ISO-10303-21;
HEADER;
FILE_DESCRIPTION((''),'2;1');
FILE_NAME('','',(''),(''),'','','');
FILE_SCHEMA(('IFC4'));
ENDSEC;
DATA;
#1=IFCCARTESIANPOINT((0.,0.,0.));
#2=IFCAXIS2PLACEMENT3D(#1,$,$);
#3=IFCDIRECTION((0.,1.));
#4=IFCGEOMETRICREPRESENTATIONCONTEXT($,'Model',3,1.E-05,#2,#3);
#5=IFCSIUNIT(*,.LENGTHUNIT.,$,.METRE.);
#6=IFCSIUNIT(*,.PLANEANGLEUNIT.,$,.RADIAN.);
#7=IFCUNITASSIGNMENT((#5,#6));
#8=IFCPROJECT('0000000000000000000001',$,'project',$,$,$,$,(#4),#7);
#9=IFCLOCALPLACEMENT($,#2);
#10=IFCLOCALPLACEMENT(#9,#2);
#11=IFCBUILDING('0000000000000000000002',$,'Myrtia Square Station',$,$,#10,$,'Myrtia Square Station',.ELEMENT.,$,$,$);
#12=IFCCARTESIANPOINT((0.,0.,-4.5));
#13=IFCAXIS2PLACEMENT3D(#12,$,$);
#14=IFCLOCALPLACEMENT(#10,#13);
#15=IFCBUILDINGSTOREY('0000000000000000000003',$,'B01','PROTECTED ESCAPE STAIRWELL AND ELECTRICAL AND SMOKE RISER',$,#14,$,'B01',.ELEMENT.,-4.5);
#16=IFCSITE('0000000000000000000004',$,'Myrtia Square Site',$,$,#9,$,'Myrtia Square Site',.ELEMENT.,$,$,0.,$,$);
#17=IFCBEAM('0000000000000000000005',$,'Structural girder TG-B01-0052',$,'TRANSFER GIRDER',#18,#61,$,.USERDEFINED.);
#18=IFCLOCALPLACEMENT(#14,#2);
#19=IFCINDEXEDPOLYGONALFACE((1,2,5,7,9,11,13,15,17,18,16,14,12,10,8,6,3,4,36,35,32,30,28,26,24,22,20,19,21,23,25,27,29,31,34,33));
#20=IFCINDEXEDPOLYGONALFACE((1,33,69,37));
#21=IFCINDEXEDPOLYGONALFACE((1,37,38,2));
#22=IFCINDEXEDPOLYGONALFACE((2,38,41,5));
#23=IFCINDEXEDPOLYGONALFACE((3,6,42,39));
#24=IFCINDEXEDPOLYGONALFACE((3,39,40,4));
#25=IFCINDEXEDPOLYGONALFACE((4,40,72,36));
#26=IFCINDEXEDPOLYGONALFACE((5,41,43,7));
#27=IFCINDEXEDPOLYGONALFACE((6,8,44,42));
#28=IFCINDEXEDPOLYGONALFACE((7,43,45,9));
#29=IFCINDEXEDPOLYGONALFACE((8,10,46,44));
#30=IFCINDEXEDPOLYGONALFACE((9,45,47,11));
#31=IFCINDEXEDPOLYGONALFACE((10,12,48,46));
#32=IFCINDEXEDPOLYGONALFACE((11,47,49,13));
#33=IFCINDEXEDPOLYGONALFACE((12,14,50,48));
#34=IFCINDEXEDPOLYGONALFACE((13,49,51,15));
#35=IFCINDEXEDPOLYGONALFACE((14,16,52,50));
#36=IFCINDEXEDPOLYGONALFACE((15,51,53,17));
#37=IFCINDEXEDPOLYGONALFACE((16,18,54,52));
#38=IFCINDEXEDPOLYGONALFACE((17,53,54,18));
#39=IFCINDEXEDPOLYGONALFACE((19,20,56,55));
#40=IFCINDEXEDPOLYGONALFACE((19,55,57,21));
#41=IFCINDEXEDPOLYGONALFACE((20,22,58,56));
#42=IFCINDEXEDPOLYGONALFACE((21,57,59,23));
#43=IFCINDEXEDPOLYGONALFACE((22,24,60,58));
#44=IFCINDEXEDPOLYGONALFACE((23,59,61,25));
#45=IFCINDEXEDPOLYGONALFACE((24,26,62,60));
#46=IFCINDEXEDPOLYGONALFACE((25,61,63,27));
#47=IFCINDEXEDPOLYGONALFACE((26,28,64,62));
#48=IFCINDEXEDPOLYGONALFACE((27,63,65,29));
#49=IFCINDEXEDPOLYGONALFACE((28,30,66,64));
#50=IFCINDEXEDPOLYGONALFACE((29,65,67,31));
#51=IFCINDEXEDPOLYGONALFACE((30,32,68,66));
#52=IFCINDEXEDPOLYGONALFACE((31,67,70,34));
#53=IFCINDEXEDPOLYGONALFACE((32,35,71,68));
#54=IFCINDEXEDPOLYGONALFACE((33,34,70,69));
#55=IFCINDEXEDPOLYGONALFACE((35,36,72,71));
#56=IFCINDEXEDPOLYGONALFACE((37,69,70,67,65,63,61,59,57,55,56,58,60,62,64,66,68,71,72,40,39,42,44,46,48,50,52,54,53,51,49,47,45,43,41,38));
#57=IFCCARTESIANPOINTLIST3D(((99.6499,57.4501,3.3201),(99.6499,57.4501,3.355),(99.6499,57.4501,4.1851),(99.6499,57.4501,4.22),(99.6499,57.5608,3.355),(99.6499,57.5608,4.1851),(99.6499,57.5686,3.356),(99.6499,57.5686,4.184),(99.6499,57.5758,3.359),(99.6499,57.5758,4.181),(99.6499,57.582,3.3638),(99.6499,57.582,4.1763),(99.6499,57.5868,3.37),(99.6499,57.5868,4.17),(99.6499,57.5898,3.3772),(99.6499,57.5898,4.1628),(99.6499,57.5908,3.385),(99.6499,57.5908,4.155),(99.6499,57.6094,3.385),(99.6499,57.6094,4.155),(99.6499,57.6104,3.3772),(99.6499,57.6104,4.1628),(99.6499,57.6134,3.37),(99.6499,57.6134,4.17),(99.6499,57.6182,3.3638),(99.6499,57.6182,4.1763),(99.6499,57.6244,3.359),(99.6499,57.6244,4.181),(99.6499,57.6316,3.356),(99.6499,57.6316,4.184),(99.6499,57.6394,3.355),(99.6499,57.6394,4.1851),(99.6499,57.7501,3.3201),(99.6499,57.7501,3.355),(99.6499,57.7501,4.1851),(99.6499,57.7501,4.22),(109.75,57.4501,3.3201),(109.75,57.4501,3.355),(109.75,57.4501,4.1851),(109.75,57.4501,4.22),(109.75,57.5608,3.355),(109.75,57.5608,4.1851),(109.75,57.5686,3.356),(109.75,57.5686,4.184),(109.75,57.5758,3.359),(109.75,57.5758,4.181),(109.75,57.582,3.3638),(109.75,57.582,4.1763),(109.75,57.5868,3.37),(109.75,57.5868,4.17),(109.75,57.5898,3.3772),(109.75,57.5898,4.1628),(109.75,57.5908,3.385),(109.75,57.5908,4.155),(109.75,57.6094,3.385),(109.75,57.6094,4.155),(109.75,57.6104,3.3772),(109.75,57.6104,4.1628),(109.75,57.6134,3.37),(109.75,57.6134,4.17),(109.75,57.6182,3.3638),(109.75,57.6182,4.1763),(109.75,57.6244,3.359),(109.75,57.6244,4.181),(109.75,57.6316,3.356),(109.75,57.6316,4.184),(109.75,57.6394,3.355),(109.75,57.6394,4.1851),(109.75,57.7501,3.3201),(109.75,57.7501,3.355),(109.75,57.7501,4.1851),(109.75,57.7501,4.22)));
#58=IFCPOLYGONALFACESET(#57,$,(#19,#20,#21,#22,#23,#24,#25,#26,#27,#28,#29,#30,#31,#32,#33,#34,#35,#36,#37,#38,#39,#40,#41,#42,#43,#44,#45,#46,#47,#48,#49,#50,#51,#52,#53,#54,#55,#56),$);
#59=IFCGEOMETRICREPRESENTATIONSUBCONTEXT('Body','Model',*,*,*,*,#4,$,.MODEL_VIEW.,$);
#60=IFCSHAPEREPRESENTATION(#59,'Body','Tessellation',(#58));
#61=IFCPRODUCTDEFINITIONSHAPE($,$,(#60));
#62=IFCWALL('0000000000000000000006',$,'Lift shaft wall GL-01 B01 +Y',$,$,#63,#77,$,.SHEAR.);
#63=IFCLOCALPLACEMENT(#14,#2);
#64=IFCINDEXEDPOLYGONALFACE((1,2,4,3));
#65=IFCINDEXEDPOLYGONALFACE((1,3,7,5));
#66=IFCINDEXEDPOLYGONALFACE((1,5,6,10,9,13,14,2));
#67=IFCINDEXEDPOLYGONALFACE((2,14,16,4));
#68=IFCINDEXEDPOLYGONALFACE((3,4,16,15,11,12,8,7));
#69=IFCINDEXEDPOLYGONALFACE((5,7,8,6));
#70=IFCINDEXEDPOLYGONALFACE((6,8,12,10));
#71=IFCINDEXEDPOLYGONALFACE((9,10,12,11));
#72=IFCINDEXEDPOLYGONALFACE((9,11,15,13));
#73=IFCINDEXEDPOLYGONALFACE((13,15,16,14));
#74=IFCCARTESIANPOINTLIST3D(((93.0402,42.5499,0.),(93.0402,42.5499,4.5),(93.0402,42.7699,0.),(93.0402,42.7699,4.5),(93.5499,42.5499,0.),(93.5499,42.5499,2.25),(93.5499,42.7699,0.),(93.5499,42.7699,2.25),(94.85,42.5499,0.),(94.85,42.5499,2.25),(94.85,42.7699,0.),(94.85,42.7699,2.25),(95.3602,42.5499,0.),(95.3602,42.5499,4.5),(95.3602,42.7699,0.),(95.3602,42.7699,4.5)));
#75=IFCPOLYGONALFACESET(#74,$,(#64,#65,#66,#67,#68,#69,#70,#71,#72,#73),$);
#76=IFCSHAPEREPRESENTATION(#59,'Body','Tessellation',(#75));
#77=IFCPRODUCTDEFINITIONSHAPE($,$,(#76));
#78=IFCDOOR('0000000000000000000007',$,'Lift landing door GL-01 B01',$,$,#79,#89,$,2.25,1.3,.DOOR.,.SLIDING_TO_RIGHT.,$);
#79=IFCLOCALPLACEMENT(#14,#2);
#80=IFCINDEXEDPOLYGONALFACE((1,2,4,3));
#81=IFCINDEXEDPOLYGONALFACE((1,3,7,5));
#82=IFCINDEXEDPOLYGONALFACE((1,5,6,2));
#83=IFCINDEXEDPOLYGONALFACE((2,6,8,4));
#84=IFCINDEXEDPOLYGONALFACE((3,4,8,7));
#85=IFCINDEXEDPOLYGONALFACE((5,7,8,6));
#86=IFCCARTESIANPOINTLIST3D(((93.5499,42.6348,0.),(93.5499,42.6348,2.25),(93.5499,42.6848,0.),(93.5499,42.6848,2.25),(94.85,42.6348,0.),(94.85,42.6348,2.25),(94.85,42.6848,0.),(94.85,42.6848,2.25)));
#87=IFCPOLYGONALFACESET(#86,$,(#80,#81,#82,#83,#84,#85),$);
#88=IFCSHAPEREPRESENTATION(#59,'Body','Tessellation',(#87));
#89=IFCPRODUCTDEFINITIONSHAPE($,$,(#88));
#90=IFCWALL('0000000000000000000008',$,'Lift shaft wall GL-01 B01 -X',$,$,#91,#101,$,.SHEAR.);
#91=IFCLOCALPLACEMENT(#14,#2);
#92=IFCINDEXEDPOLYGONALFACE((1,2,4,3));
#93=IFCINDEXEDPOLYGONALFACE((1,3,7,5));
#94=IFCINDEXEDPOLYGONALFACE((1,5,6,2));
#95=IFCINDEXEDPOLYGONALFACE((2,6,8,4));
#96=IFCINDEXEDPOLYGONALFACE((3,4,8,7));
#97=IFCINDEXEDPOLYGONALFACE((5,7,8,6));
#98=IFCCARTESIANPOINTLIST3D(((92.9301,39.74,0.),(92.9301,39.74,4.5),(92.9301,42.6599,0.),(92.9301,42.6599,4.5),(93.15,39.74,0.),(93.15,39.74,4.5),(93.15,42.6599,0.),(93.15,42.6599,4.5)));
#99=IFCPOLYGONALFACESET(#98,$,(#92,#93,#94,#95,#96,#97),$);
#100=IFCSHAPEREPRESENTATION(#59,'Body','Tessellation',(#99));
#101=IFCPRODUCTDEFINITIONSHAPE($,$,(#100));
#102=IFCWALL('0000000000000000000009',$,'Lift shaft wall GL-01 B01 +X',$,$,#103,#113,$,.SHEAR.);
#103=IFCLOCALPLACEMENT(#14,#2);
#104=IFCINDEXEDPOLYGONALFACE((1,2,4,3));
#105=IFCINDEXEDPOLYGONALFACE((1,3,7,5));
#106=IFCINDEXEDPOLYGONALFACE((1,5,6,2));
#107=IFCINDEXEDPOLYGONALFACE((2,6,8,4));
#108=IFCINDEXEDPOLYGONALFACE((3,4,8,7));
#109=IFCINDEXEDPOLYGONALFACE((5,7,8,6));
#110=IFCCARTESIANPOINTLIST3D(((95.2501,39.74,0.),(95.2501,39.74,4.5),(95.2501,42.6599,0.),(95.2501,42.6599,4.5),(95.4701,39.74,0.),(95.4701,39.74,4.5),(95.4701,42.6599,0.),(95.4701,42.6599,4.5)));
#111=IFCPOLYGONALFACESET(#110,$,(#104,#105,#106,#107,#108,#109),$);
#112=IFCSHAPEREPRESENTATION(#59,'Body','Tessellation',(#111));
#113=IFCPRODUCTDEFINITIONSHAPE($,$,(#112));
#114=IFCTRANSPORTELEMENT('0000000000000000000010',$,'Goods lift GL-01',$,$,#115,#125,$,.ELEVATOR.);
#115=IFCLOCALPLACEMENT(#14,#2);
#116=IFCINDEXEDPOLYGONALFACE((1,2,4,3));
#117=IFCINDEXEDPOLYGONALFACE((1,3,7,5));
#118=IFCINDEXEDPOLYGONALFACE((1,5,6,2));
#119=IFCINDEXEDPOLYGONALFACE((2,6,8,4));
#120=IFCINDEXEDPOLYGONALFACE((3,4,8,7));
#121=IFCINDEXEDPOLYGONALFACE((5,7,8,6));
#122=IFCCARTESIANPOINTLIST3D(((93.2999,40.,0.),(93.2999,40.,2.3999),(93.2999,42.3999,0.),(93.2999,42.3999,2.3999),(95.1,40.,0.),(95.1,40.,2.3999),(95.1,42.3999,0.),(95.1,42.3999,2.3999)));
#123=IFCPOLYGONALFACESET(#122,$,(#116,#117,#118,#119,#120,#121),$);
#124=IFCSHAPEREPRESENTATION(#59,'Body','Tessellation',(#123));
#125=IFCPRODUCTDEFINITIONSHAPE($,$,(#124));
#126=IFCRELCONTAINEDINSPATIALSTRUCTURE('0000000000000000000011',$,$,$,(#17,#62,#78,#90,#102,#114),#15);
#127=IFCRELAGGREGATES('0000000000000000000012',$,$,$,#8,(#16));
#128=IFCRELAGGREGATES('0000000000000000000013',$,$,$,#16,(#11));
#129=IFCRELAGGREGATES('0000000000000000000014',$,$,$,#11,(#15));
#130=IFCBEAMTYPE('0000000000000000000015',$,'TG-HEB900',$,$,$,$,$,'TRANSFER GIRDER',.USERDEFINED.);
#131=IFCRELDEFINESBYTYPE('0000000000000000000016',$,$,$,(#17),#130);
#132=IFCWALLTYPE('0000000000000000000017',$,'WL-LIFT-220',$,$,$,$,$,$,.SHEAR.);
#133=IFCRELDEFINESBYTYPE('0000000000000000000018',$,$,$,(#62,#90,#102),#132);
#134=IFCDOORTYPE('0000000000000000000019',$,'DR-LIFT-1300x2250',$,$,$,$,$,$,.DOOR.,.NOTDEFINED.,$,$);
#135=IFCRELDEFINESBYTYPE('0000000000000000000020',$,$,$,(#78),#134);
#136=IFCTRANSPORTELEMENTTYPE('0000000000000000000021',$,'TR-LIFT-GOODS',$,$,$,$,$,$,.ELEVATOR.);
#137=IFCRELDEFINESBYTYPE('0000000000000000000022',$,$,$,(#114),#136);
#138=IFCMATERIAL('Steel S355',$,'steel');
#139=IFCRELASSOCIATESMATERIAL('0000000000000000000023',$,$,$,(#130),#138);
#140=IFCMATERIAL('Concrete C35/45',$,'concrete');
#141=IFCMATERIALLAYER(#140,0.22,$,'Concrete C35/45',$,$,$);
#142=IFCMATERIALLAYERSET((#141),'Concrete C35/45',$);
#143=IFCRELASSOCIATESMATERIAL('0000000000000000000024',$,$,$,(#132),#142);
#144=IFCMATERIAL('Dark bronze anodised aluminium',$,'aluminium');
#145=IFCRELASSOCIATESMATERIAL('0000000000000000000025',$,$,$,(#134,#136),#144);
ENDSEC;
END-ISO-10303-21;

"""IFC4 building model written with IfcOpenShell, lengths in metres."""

from ifc_helpers import new_model, si_unit, direction, frame, frame_2d, origin, origin_2d, place, context, subcontext, project, spatial, rectangle, i_section, extrude, material, layer, layer_set, material_profile, profile_set, type_object, element, fill, save


model = new_model("IFC4")

# Units and contexts
model_context = context("Model", 3, precision=1e-05, world=origin(), true_north=direction((0.0, 1.0)))
body_context = subcontext(model_context, "Body", "Model", "MODEL_VIEW")
ifc_project = project(units=[si_unit("LENGTHUNIT", "METRE"), si_unit("PLANEANGLEUNIT", "RADIAN")], contexts=[model_context])

# Site, building, storey
site_placement = place(None, origin())
site = spatial("IfcSite", under=ifc_project, at=site_placement, Name="Myrtia Square Site", LongName="Myrtia Square Site", CompositionType="ELEMENT", RefElevation=0.0)
building_placement = place(site_placement, origin())
building = spatial("IfcBuilding", under=site, at=building_placement, Name="Myrtia Square Station", LongName="Myrtia Square Station", CompositionType="ELEMENT")
storey_placement = place(building_placement, frame((0.0, 0.0, -4.5)))
storey = spatial("IfcBuildingStorey", under=building, at=storey_placement, Name="B01", Description="PROTECTED ESCAPE STAIRWELL AND ELECTRICAL AND SMOKE RISER", LongName="B01", CompositionType="ELEMENT", Elevation=-4.5)

# Shared definitions
ifc_material_1 = material(Name="Concrete C35/45", Category="concrete")

# Beam
ifc_material_2 = material(Name="Steel S355", Category="steel")
ifc_material_profile_1 = material_profile(ifc_material_2, i_section(OverallWidth=0.3, OverallDepth=0.8999, WebThickness=0.0186, FlangeThickness=0.0349, FilletRadius=0.03, at=origin_2d()), Name="HEB 900")
ifc_profile_set_1 = profile_set([ifc_material_profile_1], Name="Steel S355")
beam_type_1 = type_object("IfcBeamType", Name="TG-HEB900", ElementType="TRANSFER GIRDER", PredefinedType="USERDEFINED", material=ifc_profile_set_1)
for number, where, z_axis, x_axis, name in (
    (1, (99.6499, 57.6001, 3.77), (1.0, 0.0, 0.0), (0.0, 1.0, 0.0), "Structural girder TG-B01-0052"),
):
    element("IfcBeam", number, at=place(storey_placement, frame(where, z_axis=z_axis, x_axis=x_axis)), inside=storey, type_object=beam_type_1, Name=name, ObjectType="TRANSFER GIRDER", PredefinedType="USERDEFINED", context=body_context, shape_type="SweptSolid", body=[
        extrude(i_section(OverallWidth=0.3, OverallDepth=0.8999, WebThickness=0.0186, FlangeThickness=0.0349, FilletRadius=0.03, at=origin_2d()), origin(), (0.0, 0.0, 1.0), 10.1001),
    ])

# Wall, opening, door
ifc_layer = layer(ifc_material_1, 0.22, Name="Concrete C35/45")
ifc_layer_set = layer_set([ifc_layer], Name="Concrete C35/45")
wall_type = type_object("IfcWallType", Name="WL-LIFT-220", PredefinedType="SHEAR", material=ifc_layer_set)
wall_placement = place(storey_placement, frame((93.04, 42.6599, 0.0), z_axis=(0.0, 0.0, 1.0), x_axis=(1.0, 0.0, 0.0)))
wall = element("IfcWall", 2, at=wall_placement, inside=storey, type_object=wall_type, Name="Lift shaft wall GL-01 B01 +Y", PredefinedType="SHEAR", context=body_context, shape_type="SweptSolid", body=[
    extrude(rectangle(XDim=2.3201, YDim=0.22, at=frame_2d((1.1602, 0.0))), origin(), (0.0, 0.0, 1.0), 4.5),
])
opening_placement = place(wall_placement, frame((0.51, 0.0, 0.0)))
opening = element("IfcOpeningElement", 3, at=opening_placement, cuts=wall, PredefinedType="OPENING", context=body_context, shape_type="SweptSolid", body=[
    extrude(rectangle(XDim=1.3, YDim=2.25, at=frame_2d((0.6499, 1.125))), frame((0.0, 0.125, 0.0), z_axis=(0.0, -1.0, 0.0), x_axis=(1.0, 0.0, 0.0)), (0.0, 0.0, 1.0), 0.25),
])
ifc_material_3 = material(Name="Dark bronze anodised aluminium", Category="aluminium")
door_type = type_object("IfcDoorType", Name="DR-LIFT-1300x2250", OperationType="NOTDEFINED", PredefinedType="DOOR", material=ifc_material_3)
door_placement = place(opening_placement, origin())
door = element("IfcDoor", 4, at=door_placement, inside=storey, type_object=door_type, Name="Lift landing door GL-01 B01", OperationType="SLIDING_TO_RIGHT", OverallHeight=2.25, OverallWidth=1.3, PredefinedType="DOOR", context=body_context, shape_type="SweptSolid", body=[
    extrude(rectangle(XDim=1.3, YDim=2.25, at=frame_2d((0.6499, 1.125))), frame((0.0, 0.0249, 0.0), z_axis=(0.0, -1.0, 0.0), x_axis=(1.0, 0.0, 0.0)), (0.0, 0.0, 1.0), 0.05),
])
fill(opening, door)

# Walls
for number, where, z_axis, x_axis, name in (
    (5, (93.04, 39.74, 0.0), (0.0, 0.0, 1.0), (0.0, 1.0, 0.0), "Lift shaft wall GL-01 B01 -X"),
    (6, (95.3601, 39.74, 0.0), (0.0, 0.0, 1.0), (0.0, 1.0, 0.0), "Lift shaft wall GL-01 B01 +X"),
):
    element("IfcWall", number, at=place(storey_placement, frame(where, z_axis=z_axis, x_axis=x_axis)), inside=storey, type_object=wall_type, Name=name, PredefinedType="SHEAR", context=body_context, shape_type="SweptSolid", body=[
        extrude(rectangle(XDim=2.9199, YDim=0.22, at=frame_2d((1.46, 0.0))), origin(), (0.0, 0.0, 1.0), 4.5),
    ])

# Transport element
transport_element_type = type_object("IfcTransportElementType", Name="TR-LIFT-GOODS", PredefinedType="ELEVATOR", material=ifc_material_3)
transport_element_placement = place(storey_placement, frame((94.2, 41.2, 0.0), z_axis=(0.0, 0.0, 1.0), x_axis=(1.0, 0.0, 0.0)))
element("IfcTransportElement", 7, at=transport_element_placement, inside=storey, type_object=transport_element_type, Name="Goods lift GL-01", PredefinedType="ELEVATOR", context=body_context, shape_type="SweptSolid", body=[
    extrude(rectangle(XDim=1.8, YDim=2.3999, at=origin_2d()), origin(), (0.0, 0.0, 1.0), 2.3999),
])

save(model, "model.ifc")
